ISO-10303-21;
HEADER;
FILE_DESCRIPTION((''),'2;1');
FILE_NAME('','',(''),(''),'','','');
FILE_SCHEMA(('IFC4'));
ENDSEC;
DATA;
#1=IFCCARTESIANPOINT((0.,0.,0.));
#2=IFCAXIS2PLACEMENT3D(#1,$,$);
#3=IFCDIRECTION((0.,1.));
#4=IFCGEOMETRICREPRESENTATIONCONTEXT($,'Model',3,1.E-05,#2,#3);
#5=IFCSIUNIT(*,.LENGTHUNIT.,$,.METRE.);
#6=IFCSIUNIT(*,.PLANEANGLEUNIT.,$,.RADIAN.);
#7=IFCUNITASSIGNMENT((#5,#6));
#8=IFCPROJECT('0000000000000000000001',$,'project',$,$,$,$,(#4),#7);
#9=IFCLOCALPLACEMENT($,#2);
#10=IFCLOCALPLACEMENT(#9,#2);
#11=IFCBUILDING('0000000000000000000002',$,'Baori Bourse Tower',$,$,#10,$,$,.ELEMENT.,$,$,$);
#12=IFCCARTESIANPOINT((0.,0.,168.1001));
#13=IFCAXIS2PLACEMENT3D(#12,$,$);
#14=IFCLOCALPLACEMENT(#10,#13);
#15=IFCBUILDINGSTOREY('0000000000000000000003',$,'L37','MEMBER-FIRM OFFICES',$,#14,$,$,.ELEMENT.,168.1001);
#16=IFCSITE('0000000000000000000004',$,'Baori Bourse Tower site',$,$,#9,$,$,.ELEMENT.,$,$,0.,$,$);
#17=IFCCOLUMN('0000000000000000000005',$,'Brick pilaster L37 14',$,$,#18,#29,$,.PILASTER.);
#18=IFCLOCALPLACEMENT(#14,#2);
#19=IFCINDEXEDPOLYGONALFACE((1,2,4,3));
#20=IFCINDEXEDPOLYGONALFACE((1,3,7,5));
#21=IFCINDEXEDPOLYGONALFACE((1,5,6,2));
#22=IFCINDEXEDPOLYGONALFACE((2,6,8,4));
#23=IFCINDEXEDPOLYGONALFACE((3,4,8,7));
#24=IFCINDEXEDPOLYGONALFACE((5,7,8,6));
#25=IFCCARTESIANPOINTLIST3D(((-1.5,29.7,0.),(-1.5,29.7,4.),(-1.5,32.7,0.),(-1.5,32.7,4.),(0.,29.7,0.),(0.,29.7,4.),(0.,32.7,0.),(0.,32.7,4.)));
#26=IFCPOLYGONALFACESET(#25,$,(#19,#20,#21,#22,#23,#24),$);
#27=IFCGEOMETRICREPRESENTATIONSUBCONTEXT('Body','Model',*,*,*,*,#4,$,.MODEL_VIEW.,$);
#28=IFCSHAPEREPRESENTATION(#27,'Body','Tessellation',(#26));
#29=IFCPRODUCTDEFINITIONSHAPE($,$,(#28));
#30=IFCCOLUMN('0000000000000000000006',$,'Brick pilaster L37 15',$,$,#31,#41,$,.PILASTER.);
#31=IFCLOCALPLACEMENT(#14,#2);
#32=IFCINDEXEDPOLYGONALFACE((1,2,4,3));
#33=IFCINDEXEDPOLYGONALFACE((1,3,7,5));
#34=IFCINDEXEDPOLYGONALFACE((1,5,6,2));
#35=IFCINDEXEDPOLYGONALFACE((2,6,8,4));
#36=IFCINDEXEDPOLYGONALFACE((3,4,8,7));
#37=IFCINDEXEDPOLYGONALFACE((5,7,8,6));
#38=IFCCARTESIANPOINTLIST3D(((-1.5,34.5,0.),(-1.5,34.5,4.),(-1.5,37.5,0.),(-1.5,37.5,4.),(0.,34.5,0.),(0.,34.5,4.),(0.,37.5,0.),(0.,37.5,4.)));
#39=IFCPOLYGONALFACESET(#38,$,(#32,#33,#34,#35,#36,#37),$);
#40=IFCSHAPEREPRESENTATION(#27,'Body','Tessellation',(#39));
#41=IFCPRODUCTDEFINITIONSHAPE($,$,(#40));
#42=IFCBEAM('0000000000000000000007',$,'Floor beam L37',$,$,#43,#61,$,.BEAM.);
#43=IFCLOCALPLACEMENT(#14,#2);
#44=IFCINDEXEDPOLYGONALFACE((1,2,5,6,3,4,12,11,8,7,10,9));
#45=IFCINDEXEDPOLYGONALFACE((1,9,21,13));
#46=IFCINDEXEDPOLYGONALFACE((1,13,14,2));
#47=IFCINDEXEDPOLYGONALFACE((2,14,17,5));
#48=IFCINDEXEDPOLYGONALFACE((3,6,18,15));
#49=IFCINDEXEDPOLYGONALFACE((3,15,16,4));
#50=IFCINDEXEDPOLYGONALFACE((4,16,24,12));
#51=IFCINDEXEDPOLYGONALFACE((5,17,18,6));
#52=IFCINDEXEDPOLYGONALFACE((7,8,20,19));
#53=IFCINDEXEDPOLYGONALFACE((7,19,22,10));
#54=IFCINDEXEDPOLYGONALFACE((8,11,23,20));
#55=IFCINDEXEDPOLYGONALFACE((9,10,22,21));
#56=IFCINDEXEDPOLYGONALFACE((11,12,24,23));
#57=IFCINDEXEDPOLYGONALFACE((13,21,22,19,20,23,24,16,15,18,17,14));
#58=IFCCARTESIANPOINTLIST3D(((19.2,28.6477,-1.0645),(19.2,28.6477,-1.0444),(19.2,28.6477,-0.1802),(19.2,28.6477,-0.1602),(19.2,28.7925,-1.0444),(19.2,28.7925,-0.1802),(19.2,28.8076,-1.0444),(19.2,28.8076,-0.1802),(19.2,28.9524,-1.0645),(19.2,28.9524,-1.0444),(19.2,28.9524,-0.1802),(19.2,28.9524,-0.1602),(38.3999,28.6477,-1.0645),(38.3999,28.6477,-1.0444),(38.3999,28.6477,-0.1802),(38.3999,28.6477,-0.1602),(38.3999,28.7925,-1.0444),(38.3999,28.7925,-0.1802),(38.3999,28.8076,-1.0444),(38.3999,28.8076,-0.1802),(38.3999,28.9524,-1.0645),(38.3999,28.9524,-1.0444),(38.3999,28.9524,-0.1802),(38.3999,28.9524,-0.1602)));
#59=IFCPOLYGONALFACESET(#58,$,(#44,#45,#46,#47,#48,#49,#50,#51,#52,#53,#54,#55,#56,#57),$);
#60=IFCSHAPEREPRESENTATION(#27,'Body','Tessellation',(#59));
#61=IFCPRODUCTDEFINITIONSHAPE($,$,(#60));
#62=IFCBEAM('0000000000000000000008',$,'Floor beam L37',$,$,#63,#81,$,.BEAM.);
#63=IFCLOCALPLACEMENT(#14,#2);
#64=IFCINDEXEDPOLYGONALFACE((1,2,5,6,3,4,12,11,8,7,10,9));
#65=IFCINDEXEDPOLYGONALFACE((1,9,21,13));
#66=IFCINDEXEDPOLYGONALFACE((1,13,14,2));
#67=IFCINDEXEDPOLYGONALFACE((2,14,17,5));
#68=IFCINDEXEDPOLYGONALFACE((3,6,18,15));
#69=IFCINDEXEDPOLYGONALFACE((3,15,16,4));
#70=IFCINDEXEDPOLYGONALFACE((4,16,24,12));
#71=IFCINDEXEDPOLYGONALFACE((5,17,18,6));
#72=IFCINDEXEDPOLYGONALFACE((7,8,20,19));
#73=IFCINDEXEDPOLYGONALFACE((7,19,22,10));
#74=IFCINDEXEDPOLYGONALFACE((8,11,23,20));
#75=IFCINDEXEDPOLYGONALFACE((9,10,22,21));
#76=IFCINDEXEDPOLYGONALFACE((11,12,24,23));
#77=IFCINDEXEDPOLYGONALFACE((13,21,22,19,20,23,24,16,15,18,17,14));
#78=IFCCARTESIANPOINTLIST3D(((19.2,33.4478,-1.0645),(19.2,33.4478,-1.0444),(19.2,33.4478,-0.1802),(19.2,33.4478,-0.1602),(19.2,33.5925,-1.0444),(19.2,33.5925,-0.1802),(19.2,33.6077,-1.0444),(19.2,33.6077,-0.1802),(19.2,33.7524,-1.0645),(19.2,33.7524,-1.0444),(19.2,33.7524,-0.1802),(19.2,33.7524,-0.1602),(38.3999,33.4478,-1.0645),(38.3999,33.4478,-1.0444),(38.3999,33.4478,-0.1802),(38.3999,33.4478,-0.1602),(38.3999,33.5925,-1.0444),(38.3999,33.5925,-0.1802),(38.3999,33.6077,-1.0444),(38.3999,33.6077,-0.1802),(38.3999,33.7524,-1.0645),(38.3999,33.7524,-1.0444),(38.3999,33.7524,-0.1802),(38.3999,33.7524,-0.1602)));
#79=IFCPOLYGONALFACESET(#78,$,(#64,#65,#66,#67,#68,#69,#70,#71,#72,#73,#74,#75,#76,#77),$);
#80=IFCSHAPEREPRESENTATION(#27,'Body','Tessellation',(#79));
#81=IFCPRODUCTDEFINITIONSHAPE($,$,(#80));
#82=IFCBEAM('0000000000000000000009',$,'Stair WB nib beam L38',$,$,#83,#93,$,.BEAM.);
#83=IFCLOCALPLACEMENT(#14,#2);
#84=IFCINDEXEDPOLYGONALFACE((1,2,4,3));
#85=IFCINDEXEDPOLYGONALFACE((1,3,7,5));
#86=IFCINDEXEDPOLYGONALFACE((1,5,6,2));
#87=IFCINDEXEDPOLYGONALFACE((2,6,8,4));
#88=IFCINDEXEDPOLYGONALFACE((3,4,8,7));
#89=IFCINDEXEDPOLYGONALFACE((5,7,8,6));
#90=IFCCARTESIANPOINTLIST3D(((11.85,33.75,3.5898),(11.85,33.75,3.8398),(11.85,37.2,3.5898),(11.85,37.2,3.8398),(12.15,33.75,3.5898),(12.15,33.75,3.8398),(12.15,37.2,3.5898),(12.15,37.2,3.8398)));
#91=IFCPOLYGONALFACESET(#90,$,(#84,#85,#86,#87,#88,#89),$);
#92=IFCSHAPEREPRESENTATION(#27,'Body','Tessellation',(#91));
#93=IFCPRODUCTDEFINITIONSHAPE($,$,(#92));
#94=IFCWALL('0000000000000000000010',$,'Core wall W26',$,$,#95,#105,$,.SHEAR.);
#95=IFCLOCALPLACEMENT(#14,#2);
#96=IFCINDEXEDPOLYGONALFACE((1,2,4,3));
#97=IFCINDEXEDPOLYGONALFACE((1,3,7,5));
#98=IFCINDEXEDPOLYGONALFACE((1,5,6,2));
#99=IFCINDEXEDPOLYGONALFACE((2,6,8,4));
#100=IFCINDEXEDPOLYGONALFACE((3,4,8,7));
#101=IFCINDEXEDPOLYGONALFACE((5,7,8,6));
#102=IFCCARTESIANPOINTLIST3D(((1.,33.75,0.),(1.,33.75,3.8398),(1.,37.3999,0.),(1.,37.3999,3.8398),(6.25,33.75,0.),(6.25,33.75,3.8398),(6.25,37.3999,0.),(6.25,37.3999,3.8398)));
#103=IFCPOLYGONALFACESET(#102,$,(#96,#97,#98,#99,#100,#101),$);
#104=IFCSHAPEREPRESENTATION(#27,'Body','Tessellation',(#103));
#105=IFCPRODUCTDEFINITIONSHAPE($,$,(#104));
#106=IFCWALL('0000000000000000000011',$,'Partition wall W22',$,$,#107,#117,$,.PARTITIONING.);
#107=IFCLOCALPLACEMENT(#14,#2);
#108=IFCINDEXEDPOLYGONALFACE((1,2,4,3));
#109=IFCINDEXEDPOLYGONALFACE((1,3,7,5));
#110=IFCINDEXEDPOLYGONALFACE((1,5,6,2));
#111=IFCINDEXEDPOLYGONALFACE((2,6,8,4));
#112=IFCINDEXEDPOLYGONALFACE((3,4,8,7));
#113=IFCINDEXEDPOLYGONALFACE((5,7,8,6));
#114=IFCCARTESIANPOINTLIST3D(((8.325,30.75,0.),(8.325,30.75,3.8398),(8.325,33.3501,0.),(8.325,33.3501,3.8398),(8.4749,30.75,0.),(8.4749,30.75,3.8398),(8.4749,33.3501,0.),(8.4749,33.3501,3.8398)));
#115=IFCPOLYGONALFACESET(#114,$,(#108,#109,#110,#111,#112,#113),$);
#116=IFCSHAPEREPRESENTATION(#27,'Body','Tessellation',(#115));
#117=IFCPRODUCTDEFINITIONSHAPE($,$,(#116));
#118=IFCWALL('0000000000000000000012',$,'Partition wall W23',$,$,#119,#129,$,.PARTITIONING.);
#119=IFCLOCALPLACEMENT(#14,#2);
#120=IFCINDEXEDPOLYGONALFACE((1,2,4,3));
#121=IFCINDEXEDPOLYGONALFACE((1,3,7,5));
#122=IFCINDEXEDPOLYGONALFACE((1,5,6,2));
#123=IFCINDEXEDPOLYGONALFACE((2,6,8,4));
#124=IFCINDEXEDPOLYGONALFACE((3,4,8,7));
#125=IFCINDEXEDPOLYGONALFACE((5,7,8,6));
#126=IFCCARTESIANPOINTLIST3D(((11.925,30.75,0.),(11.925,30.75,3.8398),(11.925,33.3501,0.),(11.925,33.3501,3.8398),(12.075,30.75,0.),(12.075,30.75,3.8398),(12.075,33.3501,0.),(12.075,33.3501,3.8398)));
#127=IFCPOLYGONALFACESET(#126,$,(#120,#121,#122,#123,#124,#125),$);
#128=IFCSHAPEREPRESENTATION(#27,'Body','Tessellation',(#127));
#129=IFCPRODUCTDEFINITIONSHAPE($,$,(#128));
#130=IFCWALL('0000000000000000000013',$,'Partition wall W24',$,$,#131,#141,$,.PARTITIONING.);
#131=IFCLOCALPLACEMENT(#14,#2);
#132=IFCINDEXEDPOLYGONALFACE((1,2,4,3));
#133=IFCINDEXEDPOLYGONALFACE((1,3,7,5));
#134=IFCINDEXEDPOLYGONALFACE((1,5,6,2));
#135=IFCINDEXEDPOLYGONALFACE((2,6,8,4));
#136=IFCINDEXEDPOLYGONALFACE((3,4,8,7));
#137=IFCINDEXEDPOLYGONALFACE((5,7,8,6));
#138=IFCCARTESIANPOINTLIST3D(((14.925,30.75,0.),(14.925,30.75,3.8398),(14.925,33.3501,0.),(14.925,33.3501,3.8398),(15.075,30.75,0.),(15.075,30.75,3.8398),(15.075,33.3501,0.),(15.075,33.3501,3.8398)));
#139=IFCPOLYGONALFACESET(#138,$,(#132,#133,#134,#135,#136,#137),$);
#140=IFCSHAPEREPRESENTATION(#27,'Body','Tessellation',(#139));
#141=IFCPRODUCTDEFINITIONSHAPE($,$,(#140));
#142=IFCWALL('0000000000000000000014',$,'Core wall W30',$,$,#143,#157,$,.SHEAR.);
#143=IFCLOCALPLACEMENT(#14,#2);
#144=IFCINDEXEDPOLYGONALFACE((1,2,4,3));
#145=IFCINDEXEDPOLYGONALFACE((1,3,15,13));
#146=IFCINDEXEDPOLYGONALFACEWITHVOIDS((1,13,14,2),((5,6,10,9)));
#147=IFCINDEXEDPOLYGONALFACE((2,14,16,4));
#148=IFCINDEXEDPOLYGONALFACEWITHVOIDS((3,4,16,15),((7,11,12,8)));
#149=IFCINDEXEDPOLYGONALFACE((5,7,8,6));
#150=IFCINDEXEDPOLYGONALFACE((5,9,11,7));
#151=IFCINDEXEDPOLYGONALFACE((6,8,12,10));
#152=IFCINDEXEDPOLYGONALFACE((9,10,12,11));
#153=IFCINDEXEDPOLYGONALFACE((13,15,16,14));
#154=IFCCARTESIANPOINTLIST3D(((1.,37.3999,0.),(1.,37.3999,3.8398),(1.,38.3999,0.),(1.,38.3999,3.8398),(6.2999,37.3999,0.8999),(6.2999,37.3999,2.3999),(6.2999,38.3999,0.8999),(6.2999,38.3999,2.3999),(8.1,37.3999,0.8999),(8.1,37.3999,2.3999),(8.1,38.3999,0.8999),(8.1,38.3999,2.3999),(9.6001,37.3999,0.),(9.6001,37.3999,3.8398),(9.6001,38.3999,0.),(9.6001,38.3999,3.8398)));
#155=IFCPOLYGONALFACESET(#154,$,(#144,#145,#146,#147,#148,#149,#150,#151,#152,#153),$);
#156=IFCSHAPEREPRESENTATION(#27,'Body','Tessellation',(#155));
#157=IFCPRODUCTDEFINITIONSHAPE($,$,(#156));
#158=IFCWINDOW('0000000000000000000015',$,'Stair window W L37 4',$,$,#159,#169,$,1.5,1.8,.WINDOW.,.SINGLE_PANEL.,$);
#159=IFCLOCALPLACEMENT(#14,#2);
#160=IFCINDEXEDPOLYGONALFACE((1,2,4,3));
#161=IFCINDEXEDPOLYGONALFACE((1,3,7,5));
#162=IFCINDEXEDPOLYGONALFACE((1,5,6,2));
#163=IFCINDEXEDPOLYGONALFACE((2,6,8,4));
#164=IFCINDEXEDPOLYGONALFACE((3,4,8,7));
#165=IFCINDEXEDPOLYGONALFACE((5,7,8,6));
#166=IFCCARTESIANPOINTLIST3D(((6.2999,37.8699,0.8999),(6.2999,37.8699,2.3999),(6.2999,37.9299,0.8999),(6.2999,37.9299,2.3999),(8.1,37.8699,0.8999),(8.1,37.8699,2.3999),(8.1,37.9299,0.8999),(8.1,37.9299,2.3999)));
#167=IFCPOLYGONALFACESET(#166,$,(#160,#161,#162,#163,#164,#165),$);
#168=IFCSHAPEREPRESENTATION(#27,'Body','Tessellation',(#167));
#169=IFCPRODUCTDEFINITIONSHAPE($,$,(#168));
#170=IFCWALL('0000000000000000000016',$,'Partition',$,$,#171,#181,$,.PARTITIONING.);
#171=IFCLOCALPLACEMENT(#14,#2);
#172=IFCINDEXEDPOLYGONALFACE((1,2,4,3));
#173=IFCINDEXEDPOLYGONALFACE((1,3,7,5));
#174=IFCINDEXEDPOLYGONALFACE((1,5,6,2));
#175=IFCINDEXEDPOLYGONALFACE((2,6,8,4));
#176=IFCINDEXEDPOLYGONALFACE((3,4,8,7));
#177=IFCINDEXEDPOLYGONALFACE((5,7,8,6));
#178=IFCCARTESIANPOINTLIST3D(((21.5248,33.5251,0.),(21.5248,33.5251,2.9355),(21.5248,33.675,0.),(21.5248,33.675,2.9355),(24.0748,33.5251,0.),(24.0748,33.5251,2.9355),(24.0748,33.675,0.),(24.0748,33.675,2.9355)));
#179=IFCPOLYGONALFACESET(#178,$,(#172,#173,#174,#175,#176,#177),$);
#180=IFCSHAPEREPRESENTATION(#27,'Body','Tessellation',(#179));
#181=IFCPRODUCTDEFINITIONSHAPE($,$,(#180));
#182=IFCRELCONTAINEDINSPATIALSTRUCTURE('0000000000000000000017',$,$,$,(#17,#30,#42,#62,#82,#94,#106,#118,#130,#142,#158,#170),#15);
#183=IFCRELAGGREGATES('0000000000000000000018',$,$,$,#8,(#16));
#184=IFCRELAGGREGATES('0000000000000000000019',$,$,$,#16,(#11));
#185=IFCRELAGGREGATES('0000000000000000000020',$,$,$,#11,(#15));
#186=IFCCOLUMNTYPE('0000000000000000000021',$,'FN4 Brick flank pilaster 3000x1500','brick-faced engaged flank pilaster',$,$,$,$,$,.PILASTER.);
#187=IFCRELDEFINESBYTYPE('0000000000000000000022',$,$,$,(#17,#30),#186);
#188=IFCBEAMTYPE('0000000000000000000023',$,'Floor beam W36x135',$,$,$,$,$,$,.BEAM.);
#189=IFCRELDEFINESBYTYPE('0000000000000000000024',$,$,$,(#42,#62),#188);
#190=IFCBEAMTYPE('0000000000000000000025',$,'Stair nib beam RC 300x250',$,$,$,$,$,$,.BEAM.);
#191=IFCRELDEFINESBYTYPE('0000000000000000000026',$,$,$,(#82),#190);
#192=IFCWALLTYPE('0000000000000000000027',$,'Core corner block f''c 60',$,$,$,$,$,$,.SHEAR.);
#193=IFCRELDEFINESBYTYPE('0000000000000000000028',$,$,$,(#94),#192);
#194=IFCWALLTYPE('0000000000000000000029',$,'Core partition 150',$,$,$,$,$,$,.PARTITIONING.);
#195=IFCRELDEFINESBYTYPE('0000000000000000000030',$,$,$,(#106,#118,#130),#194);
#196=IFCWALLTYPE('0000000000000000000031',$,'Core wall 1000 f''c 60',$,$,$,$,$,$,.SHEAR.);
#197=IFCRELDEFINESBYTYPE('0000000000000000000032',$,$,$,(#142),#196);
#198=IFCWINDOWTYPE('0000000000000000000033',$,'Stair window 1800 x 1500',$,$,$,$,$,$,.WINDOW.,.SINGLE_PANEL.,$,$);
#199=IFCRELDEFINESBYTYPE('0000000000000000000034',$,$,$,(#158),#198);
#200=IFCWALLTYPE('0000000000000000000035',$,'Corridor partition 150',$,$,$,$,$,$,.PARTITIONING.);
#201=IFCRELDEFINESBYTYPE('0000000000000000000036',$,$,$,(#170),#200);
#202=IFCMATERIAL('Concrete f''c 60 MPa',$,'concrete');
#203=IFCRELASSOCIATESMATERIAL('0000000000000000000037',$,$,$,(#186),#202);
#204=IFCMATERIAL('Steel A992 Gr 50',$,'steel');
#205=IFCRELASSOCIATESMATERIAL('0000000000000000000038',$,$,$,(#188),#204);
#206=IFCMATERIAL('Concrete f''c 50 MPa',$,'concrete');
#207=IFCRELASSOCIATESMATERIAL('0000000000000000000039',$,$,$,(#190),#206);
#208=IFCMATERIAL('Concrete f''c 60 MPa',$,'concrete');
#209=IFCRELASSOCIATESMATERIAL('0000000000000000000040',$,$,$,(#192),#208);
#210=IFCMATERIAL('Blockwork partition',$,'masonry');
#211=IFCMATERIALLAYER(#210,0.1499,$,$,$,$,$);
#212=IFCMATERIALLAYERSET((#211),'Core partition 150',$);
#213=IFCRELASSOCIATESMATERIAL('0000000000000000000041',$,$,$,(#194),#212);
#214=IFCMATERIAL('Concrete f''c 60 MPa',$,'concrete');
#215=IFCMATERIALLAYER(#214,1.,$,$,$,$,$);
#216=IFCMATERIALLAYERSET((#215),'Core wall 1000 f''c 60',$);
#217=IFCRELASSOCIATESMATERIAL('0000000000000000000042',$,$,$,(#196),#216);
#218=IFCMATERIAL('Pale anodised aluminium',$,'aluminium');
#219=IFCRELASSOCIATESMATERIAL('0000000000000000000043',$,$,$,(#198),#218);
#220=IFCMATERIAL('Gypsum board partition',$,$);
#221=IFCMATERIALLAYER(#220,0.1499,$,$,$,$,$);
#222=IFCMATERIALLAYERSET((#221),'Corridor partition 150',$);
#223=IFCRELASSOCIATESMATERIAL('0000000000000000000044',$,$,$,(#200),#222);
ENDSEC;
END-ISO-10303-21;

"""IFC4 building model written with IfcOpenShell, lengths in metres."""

from ifc_helpers import new_model, si_unit, direction, frame, frame_2d, origin, origin_2d, place, context, subcontext, project, spatial, rectangle, i_section, extrude, material, layer, layer_set, material_profile, profile_set, type_object, element, fill, save


model = new_model("IFC4")

# Units and contexts
model_context = context("Model", 3, precision=1e-05, world=origin(), true_north=direction((0.0, 1.0)))
body_context = subcontext(model_context, "Body", "Model", "MODEL_VIEW")
ifc_project = project(units=[si_unit("LENGTHUNIT", "METRE"), si_unit("PLANEANGLEUNIT", "RADIAN")], contexts=[model_context])

# Site, building, storey
site_placement = place(None, origin())
site = spatial("IfcSite", under=ifc_project, at=site_placement, Name="Baori Bourse Tower site", CompositionType="ELEMENT", RefElevation=0.0)
building_placement = place(site_placement, origin())
building = spatial("IfcBuilding", under=site, at=building_placement, Name="Baori Bourse Tower", CompositionType="ELEMENT")
storey_placement = place(building_placement, frame((0.0, 0.0, 168.1001)))
storey = spatial("IfcBuildingStorey", under=building, at=storey_placement, Name="L37", Description="MEMBER-FIRM OFFICES", CompositionType="ELEMENT", Elevation=168.1001)

# Columns
ifc_material_1 = material(Name="Concrete f'c 60 MPa", Category="concrete")
ifc_material_profile_1 = material_profile(ifc_material_1, rectangle(XDim=3.0, YDim=1.5, at=origin_2d()), Name="RC 3000x1500")
ifc_profile_set_1 = profile_set([ifc_material_profile_1], Name="Concrete f'c 60 MPa")
column_type = type_object("IfcColumnType", Name="FN4 Brick flank pilaster 3000x1500", Description="brick-faced engaged flank pilaster", PredefinedType="PILASTER", material=ifc_profile_set_1)
for number, where, z_axis, x_axis, name in (
    (1, (-0.75, 31.2, 0.0), (0.0, 0.0, 1.0), (0.0, 1.0, 0.0), "Brick pilaster L37 14"),
    (2, (-0.75, 36.0, 0.0), (0.0, 0.0, 1.0), (0.0, 1.0, 0.0), "Brick pilaster L37 15"),
):
    element("IfcColumn", number, at=place(storey_placement, frame(where, z_axis=z_axis, x_axis=x_axis)), inside=storey, type_object=column_type, Name=name, PredefinedType="PILASTER", context=body_context, shape_type="SweptSolid", body=[
        extrude(rectangle(XDim=3.0, YDim=1.5, at=origin_2d()), origin(), (0.0, 0.0, 1.0), 4.0),
    ])

# Beams
ifc_material_2 = material(Name="Steel A992 Gr 50", Category="steel")
ifc_material_profile_2 = material_profile(ifc_material_2, i_section(OverallWidth=0.3047, OverallDepth=0.9043, WebThickness=0.0151, FlangeThickness=0.02, at=origin_2d()), Name="W36x135")
ifc_profile_set_2 = profile_set([ifc_material_profile_2], Name="Steel A992 Gr 50")
beam_type_1 = type_object("IfcBeamType", Name="Floor beam W36x135", PredefinedType="BEAM", material=ifc_profile_set_2)
for number, where, z_axis, x_axis, name in (
    (3, (19.2, 28.8, -0.6123), (1.0, 0.0, 0.0), (0.0, 1.0, 0.0), "Floor beam L37"),
    (4, (19.2, 33.6001, -0.6123), (1.0, 0.0, 0.0), (0.0, 1.0, 0.0), "Floor beam L37"),
):
    element("IfcBeam", number, at=place(storey_placement, frame(where, z_axis=z_axis, x_axis=x_axis)), inside=storey, type_object=beam_type_1, Name=name, PredefinedType="BEAM", context=body_context, shape_type="SweptSolid", body=[
        extrude(i_section(OverallWidth=0.3047, OverallDepth=0.9043, WebThickness=0.0151, FlangeThickness=0.02, at=origin_2d()), origin(), (0.0, 0.0, 1.0), 19.2),
    ])
ifc_material_3 = material(Name="Concrete f'c 50 MPa", Category="concrete")
ifc_material_profile_3 = material_profile(ifc_material_3, rectangle(XDim=0.3, YDim=0.25, at=origin_2d()), Name="RC 300x250")
ifc_profile_set_3 = profile_set([ifc_material_profile_3], Name="Concrete f'c 50 MPa")
beam_type_2 = type_object("IfcBeamType", Name="Stair nib beam RC 300x250", PredefinedType="BEAM", material=ifc_profile_set_3)
beam_placement = place(storey_placement, frame((12.0, 33.75, 3.7148), z_axis=(0.0, 1.0, 0.0), x_axis=(-1.0, 0.0, 0.0)))
element("IfcBeam", 5, at=beam_placement, inside=storey, type_object=beam_type_2, Name="Stair WB nib beam L38", PredefinedType="BEAM", context=body_context, shape_type="SweptSolid", body=[
    extrude(rectangle(XDim=0.3, YDim=0.25, at=origin_2d()), origin(), (0.0, 0.0, 1.0), 3.45),
])

# Walls
ifc_material_4 = material(Name="Concrete f'c 60 MPa", Category="concrete")
wall_type_1 = type_object("IfcWallType", Name="Core corner block f'c 60", PredefinedType="SHEAR", material=ifc_material_4)
wall_1_placement = place(storey_placement, frame((1.0, 35.575, 0.0), z_axis=(0.0, 0.0, 1.0), x_axis=(1.0, 0.0, 0.0)))
element("IfcWall", 6, at=wall_1_placement, inside=storey, type_object=wall_type_1, Name="Core wall W26", PredefinedType="SHEAR", context=body_context, shape_type="SweptSolid", body=[
    extrude(rectangle(XDim=5.25, YDim=3.6499, at=frame_2d((2.625, 0.0))), origin(), (0.0, 0.0, 1.0), 3.8398),
])
ifc_material_5 = material(Name="Blockwork partition", Category="masonry")
ifc_layer_1 = layer(ifc_material_5, 0.1499)
ifc_layer_set_1 = layer_set([ifc_layer_1], Name="Core partition 150")
wall_type_2 = type_object("IfcWallType", Name="Core partition 150", PredefinedType="PARTITIONING", material=ifc_layer_set_1)
for number, where, z_axis, x_axis, name in (
    (7, (8.3999, 30.75, 0.0), (0.0, 0.0, 1.0), (0.0, 1.0, 0.0), "Partition wall W22"),
    (8, (12.0, 30.75, 0.0), (0.0, 0.0, 1.0), (0.0, 1.0, 0.0), "Partition wall W23"),
    (9, (15.0, 30.75, 0.0), (0.0, 0.0, 1.0), (0.0, 1.0, 0.0), "Partition wall W24"),
):
    element("IfcWall", number, at=place(storey_placement, frame(where, z_axis=z_axis, x_axis=x_axis)), inside=storey, type_object=wall_type_2, Name=name, PredefinedType="PARTITIONING", context=body_context, shape_type="SweptSolid", body=[
        extrude(rectangle(XDim=2.6001, YDim=0.1499, at=frame_2d((1.3, 0.0))), origin(), (0.0, 0.0, 1.0), 3.8398),
    ])

# Wall, opening, window
ifc_material_6 = material(Name="Concrete f'c 60 MPa", Category="concrete")
ifc_layer_2 = layer(ifc_material_6, 1.0)
ifc_layer_set_2 = layer_set([ifc_layer_2], Name="Core wall 1000 f'c 60")
wall_type_3 = type_object("IfcWallType", Name="Core wall 1000 f'c 60", PredefinedType="SHEAR", material=ifc_layer_set_2)
wall_2_placement = place(storey_placement, frame((1.0, 37.8999, 0.0), z_axis=(0.0, 0.0, 1.0), x_axis=(1.0, 0.0, 0.0)))
wall_2 = element("IfcWall", 10, at=wall_2_placement, inside=storey, type_object=wall_type_3, Name="Core wall W30", PredefinedType="SHEAR", context=body_context, shape_type="SweptSolid", body=[
    extrude(rectangle(XDim=8.6001, YDim=1.0, at=frame_2d((4.3, 0.0))), origin(), (0.0, 0.0, 1.0), 3.8398),
])
opening_1_placement = place(wall_2_placement, frame((5.3, 0.0, 0.8999)))
opening_1 = element("IfcOpeningElement", 11, at=opening_1_placement, cuts=wall_2, PredefinedType="OPENING", context=body_context, shape_type="SweptSolid", body=[
    extrude(rectangle(XDim=1.8, YDim=1.5, at=frame_2d((0.8999, 0.75))), frame((0.0, 0.51, 0.0), z_axis=(0.0, -1.0, 0.0), x_axis=(1.0, 0.0, 0.0)), (0.0, 0.0, 1.0), 1.02),
])
ifc_material_7 = material(Name="Pale anodised aluminium", Category="aluminium")
window_type = type_object("IfcWindowType", Name="Stair window 1800 x 1500", PartitioningType="SINGLE_PANEL", PredefinedType="WINDOW", material=ifc_material_7)
window_placement = place(opening_1_placement, origin())
window = element("IfcWindow", 12, at=window_placement, inside=storey, type_object=window_type, Name="Stair window W L37 4", OverallHeight=1.5, OverallWidth=1.8, PartitioningType="SINGLE_PANEL", PredefinedType="WINDOW", context=body_context, shape_type="SweptSolid", body=[
    extrude(rectangle(XDim=1.8, YDim=1.5, at=frame_2d((0.8999, 0.75))), frame((0.0, 0.03, 0.0), z_axis=(0.0, -1.0, 0.0), x_axis=(1.0, 0.0, 0.0)), (0.0, 0.0, 1.0), 0.0601),
])
fill(opening_1, window)

# Wall
ifc_material_8 = material(Name="Gypsum board partition")
ifc_layer_3 = layer(ifc_material_8, 0.1499)
ifc_layer_set_3 = layer_set([ifc_layer_3], Name="Corridor partition 150")
wall_type_4 = type_object("IfcWallType", Name="Corridor partition 150", PredefinedType="PARTITIONING", material=ifc_layer_set_3)
wall_3_placement = place(storey_placement, frame((21.5249, 33.6001, 0.0), z_axis=(0.0, 0.0, 1.0), x_axis=(1.0, 0.0, 0.0)))
element("IfcWall", 13, at=wall_3_placement, inside=storey, type_object=wall_type_4, Name="Partition", PredefinedType="PARTITIONING", context=body_context, shape_type="SweptSolid", body=[
    extrude(rectangle(XDim=2.55, YDim=0.1499, at=frame_2d((1.2749, 0.0))), origin(), (0.0, 0.0, 1.0), 2.9355),
])

save(model, "model.ifc")
